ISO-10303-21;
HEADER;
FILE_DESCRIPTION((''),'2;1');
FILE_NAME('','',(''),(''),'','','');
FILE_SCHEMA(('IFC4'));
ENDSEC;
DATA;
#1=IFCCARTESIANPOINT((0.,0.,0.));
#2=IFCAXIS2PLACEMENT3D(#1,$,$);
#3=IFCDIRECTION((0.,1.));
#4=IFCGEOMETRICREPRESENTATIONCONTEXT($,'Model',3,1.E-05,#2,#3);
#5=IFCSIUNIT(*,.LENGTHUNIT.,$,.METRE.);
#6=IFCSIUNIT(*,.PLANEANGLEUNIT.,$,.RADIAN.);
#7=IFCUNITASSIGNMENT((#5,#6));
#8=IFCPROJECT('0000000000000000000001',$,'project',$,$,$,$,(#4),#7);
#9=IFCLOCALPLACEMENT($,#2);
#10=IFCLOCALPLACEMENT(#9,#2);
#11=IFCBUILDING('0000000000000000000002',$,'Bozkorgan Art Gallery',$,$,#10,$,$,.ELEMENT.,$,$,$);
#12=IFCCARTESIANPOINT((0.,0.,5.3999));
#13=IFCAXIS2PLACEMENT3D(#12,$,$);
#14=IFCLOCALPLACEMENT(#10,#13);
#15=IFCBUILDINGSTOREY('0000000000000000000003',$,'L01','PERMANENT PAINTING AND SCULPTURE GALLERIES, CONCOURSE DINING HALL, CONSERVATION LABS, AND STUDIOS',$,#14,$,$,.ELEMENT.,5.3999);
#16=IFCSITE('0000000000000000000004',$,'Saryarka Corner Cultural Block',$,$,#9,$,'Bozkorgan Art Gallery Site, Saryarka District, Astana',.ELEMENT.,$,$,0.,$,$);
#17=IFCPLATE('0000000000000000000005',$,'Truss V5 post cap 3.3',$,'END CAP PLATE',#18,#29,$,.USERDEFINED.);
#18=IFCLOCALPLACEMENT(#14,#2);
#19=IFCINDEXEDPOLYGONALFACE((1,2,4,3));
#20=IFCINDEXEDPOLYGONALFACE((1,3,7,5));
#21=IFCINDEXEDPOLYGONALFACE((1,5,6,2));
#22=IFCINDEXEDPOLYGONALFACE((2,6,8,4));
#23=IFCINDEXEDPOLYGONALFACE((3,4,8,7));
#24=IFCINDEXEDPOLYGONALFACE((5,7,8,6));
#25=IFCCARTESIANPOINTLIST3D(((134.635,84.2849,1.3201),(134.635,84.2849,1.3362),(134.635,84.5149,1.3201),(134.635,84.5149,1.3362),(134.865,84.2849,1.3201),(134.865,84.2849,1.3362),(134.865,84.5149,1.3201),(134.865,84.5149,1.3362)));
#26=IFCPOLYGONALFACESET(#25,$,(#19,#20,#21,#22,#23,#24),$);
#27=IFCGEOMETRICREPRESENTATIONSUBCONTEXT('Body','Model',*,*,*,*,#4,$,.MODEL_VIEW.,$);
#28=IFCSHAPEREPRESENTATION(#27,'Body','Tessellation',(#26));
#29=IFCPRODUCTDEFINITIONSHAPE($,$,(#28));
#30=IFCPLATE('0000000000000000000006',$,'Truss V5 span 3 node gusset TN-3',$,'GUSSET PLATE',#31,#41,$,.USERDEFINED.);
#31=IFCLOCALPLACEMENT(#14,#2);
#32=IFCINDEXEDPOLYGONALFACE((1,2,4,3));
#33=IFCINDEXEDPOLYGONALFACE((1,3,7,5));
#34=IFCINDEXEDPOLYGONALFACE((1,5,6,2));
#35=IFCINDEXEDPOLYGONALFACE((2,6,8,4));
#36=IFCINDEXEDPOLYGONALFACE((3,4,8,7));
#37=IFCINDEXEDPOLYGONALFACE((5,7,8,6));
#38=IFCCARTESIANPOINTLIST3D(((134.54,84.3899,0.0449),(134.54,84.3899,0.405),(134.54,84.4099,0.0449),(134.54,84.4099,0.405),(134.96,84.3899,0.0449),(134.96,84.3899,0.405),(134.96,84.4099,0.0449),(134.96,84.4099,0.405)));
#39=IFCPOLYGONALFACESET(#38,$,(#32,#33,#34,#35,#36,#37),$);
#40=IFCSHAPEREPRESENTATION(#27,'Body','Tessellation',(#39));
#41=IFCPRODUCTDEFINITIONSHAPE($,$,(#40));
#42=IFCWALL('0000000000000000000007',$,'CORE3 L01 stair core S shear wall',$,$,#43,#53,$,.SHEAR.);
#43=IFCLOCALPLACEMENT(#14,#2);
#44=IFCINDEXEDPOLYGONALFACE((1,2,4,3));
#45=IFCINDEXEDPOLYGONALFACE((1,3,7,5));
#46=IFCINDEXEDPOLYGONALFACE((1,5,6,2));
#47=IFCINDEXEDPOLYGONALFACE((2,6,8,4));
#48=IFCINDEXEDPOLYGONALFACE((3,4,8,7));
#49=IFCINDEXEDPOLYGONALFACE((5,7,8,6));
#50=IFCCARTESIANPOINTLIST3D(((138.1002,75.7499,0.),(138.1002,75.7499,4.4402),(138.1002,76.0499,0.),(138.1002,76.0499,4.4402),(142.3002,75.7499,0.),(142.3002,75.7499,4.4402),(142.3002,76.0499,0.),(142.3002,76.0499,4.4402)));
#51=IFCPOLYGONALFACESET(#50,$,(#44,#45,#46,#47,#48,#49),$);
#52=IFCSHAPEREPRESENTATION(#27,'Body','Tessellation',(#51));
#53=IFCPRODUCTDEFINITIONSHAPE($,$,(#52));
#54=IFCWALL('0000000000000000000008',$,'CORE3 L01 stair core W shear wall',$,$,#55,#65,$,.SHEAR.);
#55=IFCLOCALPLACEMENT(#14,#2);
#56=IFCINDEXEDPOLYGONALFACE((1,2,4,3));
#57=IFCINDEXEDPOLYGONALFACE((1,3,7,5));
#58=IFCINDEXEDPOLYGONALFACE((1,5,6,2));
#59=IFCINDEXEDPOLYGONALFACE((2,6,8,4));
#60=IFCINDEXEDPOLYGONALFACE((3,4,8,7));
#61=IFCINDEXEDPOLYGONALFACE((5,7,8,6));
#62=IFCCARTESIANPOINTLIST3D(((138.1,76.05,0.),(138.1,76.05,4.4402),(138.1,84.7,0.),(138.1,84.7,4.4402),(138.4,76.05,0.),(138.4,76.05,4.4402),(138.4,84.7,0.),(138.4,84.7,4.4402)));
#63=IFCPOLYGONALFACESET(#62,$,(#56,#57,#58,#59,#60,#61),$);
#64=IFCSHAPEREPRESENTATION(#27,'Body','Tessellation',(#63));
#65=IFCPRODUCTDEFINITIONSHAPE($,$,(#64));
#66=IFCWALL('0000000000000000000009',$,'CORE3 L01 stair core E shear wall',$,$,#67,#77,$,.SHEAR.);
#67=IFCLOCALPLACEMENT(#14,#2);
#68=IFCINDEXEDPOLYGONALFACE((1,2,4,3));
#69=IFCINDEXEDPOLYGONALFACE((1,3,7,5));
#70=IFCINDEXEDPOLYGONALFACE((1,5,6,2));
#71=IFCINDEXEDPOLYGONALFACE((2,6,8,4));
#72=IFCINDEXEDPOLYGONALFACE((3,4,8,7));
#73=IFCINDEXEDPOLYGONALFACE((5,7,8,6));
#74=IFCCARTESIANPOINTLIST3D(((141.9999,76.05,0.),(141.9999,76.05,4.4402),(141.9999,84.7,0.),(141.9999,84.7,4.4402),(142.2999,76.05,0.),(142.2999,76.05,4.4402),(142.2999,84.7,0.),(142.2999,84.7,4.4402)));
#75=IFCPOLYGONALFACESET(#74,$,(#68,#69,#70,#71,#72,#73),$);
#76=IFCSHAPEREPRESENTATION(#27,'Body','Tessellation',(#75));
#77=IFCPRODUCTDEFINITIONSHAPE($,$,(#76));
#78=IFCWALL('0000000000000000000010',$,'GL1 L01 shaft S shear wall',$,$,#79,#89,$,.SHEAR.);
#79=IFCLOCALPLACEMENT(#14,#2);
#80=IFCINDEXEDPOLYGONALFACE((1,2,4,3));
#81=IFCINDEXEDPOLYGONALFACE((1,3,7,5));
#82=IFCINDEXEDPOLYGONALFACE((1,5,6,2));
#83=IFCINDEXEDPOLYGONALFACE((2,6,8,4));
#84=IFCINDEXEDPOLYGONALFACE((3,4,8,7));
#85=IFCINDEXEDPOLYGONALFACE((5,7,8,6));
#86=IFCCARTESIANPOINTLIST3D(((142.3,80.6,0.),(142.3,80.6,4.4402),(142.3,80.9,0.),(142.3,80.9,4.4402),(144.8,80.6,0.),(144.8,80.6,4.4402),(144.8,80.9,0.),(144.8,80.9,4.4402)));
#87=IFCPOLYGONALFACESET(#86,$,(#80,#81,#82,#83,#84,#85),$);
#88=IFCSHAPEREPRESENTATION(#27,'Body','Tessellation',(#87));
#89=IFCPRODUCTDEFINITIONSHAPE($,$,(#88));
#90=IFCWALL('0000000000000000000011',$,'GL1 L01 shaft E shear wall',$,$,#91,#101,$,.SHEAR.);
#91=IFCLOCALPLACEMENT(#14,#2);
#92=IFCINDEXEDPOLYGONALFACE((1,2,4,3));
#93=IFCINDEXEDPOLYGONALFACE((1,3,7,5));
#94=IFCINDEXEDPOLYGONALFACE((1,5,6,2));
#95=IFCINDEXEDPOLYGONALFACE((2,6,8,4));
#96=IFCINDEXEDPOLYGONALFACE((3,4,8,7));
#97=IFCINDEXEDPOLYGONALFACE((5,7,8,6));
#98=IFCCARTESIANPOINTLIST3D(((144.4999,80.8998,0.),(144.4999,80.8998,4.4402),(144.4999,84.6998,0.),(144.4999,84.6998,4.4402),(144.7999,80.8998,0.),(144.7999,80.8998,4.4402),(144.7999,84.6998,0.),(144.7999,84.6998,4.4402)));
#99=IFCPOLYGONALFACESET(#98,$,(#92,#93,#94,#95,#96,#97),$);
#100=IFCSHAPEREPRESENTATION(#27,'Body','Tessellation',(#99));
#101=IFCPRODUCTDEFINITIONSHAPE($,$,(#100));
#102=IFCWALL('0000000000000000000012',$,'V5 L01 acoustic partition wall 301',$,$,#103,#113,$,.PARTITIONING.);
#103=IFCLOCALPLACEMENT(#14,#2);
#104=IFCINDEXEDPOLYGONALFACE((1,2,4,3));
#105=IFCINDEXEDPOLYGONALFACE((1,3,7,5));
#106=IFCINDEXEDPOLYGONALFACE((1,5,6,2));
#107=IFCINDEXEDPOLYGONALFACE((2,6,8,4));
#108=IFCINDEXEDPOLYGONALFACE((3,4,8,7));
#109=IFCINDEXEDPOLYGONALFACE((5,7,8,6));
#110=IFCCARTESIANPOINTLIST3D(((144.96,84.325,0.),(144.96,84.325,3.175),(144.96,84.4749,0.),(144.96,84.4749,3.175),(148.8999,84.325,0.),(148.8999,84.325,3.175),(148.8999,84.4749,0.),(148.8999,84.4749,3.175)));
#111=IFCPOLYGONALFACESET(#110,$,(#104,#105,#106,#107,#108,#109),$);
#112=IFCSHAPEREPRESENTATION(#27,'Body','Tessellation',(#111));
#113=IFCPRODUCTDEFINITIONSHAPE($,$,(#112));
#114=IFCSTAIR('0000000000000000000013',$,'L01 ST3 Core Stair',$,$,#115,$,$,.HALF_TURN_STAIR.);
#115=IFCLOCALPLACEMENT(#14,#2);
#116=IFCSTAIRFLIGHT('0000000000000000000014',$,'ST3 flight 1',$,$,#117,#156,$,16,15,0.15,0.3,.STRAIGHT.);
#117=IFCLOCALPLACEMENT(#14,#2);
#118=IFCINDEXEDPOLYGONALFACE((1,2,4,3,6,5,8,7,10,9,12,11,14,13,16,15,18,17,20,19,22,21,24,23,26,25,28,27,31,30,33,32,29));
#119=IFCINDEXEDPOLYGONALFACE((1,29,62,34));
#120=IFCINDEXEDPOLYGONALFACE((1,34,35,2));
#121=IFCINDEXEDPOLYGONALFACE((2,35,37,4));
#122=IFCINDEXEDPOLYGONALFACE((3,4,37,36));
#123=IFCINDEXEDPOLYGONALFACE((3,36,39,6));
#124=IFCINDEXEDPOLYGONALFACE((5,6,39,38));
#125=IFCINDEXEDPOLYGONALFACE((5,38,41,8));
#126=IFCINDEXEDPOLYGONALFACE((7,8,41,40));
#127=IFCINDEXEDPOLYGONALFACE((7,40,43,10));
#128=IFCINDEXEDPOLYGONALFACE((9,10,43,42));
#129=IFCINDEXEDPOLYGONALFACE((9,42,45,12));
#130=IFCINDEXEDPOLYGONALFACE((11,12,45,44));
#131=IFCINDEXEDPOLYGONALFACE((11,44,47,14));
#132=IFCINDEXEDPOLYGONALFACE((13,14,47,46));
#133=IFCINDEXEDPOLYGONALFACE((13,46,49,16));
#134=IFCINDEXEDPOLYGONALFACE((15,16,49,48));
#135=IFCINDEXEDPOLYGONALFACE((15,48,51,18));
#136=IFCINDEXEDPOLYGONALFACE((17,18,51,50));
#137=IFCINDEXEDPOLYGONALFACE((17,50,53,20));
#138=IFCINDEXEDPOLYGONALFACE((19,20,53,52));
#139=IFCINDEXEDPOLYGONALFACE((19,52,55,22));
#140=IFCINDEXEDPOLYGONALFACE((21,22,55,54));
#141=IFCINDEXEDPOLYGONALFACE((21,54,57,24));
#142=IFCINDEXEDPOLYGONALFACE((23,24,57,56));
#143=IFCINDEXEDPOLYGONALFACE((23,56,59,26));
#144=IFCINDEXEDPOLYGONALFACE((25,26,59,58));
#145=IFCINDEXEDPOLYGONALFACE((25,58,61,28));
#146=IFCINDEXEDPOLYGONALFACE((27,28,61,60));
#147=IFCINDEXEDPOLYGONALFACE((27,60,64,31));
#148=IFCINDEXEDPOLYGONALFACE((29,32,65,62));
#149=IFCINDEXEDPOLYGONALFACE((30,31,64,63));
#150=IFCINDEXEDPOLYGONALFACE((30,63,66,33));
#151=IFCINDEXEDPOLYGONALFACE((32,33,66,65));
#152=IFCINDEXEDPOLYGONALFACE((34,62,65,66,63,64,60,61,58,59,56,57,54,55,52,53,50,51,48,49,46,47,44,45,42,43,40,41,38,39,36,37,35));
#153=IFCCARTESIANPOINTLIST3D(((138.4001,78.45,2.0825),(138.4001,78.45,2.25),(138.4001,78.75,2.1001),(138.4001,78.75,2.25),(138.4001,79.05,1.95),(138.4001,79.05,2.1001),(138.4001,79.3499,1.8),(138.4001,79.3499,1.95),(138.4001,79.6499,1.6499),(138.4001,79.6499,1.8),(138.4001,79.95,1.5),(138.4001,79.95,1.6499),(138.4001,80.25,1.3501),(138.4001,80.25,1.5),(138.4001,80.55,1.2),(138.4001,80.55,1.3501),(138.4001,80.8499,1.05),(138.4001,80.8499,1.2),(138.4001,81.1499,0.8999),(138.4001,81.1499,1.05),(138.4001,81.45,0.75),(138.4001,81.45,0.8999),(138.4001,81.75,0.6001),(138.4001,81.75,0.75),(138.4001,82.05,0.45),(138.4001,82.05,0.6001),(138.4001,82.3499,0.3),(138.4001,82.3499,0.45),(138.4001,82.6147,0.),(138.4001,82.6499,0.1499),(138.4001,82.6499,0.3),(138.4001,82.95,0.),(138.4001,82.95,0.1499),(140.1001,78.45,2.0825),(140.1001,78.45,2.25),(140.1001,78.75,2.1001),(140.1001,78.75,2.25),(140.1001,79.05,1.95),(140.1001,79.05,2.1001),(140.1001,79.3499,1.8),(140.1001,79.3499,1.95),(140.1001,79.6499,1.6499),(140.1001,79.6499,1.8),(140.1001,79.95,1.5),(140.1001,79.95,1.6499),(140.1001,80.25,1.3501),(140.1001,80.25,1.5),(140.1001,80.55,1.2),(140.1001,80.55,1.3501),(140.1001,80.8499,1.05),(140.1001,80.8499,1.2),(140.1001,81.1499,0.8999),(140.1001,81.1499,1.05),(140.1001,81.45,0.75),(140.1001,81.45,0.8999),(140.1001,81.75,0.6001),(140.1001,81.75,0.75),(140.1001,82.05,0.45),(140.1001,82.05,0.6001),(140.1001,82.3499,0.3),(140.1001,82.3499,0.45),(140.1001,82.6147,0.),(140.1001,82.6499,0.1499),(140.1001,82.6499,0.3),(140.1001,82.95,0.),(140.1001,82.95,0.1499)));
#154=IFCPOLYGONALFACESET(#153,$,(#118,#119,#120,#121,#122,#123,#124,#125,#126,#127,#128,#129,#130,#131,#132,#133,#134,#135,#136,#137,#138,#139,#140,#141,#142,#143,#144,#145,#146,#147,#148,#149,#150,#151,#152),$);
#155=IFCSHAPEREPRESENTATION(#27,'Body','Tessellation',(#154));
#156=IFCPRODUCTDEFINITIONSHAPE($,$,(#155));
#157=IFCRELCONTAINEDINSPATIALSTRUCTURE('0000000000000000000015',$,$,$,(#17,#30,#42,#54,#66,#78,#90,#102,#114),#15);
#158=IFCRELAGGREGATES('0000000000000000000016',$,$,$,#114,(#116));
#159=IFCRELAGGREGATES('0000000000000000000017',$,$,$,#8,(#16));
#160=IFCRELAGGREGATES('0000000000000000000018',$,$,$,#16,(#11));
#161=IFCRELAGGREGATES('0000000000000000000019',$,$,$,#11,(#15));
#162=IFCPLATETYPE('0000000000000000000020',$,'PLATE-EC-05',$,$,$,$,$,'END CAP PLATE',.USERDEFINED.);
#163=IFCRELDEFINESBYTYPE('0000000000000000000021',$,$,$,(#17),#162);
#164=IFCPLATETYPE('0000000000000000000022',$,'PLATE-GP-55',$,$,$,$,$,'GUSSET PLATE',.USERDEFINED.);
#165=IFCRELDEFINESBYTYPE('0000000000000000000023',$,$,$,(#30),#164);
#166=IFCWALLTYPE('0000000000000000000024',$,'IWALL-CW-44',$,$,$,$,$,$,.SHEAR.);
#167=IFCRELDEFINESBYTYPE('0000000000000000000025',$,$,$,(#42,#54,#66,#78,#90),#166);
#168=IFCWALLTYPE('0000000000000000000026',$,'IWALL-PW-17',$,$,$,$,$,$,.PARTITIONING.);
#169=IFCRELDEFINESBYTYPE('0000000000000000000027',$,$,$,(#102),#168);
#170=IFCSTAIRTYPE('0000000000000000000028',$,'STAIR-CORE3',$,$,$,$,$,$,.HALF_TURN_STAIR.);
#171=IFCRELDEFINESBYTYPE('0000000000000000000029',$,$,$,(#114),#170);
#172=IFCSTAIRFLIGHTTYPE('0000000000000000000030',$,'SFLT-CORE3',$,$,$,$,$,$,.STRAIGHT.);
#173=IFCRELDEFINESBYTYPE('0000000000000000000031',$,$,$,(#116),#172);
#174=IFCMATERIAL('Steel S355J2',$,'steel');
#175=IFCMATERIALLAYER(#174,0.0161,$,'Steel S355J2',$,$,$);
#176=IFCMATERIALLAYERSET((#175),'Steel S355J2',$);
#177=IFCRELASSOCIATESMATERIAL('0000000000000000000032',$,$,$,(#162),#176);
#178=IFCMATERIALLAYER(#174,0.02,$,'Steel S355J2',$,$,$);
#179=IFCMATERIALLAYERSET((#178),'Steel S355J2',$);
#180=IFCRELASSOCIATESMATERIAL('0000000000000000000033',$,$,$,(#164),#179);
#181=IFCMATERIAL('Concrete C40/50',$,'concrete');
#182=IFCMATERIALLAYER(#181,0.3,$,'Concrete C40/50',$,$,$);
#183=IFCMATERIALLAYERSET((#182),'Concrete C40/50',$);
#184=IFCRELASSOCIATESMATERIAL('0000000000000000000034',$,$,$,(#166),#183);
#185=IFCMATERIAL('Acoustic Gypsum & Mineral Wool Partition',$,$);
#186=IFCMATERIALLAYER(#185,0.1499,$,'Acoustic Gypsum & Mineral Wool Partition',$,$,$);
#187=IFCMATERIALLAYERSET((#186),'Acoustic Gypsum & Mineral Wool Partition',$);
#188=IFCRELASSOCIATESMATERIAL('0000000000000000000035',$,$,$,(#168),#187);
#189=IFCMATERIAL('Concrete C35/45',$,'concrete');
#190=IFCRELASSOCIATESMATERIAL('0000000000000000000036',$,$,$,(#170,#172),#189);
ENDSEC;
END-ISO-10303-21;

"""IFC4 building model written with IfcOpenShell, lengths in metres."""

from ifc_helpers import new_model, si_unit, direction, frame, frame_2d, origin, origin_2d, place, context, subcontext, project, spatial, polyline, rectangle, outline, extrude, material, layer, layer_set, type_object, element, aggregate, save


model = new_model("IFC4")

# Units and contexts
model_context = context("Model", 3, precision=1e-05, world=origin(), true_north=direction((0.0, 1.0)))
body_context = subcontext(model_context, "Body", "Model", "MODEL_VIEW")
ifc_project = project(units=[si_unit("LENGTHUNIT", "METRE"), si_unit("PLANEANGLEUNIT", "RADIAN")], contexts=[model_context])

# Site, building, storey
site_placement = place(None, origin())
site = spatial("IfcSite", under=ifc_project, at=site_placement, Name="Saryarka Corner Cultural Block", LongName="Bozkorgan Art Gallery Site, Saryarka District, Astana", CompositionType="ELEMENT", RefElevation=0.0)
building_placement = place(site_placement, origin())
building = spatial("IfcBuilding", under=site, at=building_placement, Name="Bozkorgan Art Gallery", CompositionType="ELEMENT")
storey_placement = place(building_placement, frame((0.0, 0.0, 5.3999)))
storey = spatial("IfcBuildingStorey", under=building, at=storey_placement, Name="L01", Description="PERMANENT PAINTING AND SCULPTURE GALLERIES, CONCOURSE DINING HALL, CONSERVATION LABS, AND STUDIOS", CompositionType="ELEMENT", Elevation=5.3999)

# Shared definitions
ifc_material_1 = material(Name="Concrete C40/50", Category="concrete")

# Shared definitions
ifc_material_2 = material(Name="Steel S355J2", Category="steel")

# Plates
ifc_layer_1 = layer(ifc_material_2, 0.0161, Name="Steel S355J2")
ifc_layer_set_1 = layer_set([ifc_layer_1], Name="Steel S355J2")
plate_type_1 = type_object("IfcPlateType", Name="PLATE-EC-05", ElementType="END CAP PLATE", PredefinedType="USERDEFINED", material=ifc_layer_set_1)
plate_1_placement = place(storey_placement, frame((134.75, 84.3999, 1.3201), z_axis=(0.0, 0.0, 1.0), x_axis=(1.0, 0.0, 0.0)))
element("IfcPlate", 1, at=plate_1_placement, inside=storey, type_object=plate_type_1, Name="Truss V5 post cap 3.3", ObjectType="END CAP PLATE", PredefinedType="USERDEFINED", context=body_context, shape_type="SweptSolid", body=[
    extrude(rectangle(XDim=0.23, YDim=0.23, at=origin_2d()), origin(), (0.0, 0.0, 1.0), 0.0161),
])
ifc_layer_2 = layer(ifc_material_2, 0.02, Name="Steel S355J2")
ifc_layer_set_2 = layer_set([ifc_layer_2], Name="Steel S355J2")
plate_type_2 = type_object("IfcPlateType", Name="PLATE-GP-55", ElementType="GUSSET PLATE", PredefinedType="USERDEFINED", material=ifc_layer_set_2)
plate_2_placement = place(storey_placement, frame((134.75, 84.3999, 0.0449), z_axis=(0.0, 0.0, 1.0), x_axis=(1.0, 0.0, 0.0)))
element("IfcPlate", 2, at=plate_2_placement, inside=storey, type_object=plate_type_2, Name="Truss V5 span 3 node gusset TN-3", ObjectType="GUSSET PLATE", PredefinedType="USERDEFINED", context=body_context, shape_type="SweptSolid", body=[
    extrude(rectangle(XDim=0.4199, YDim=0.02, at=origin_2d()), origin(), (0.0, 0.0, 1.0), 0.3601),
])

# Walls
ifc_layer_3 = layer(ifc_material_1, 0.3, Name="Concrete C40/50")
ifc_layer_set_3 = layer_set([ifc_layer_3], Name="Concrete C40/50")
wall_type_1 = type_object("IfcWallType", Name="IWALL-CW-44", PredefinedType="SHEAR", material=ifc_layer_set_3)
wall_1_placement = place(storey_placement, frame((138.1001, 75.8999, 0.0), z_axis=(0.0, 0.0, 1.0), x_axis=(1.0, 0.0, 0.0)))
element("IfcWall", 3, at=wall_1_placement, inside=storey, type_object=wall_type_1, Name="CORE3 L01 stair core S shear wall", PredefinedType="SHEAR", context=body_context, shape_type="SweptSolid", body=[
    extrude(rectangle(XDim=4.2, YDim=0.3, at=frame_2d((2.1001, 0.0))), origin(), (0.0, 0.0, 1.0), 4.4402),
])
for number, where, z_axis, x_axis, name in (
    (4, (138.25, 76.05, 0.0), (0.0, 0.0, 1.0), (0.0, 1.0, 0.0), "CORE3 L01 stair core W shear wall"),
    (5, (142.1499, 76.05, 0.0), (0.0, 0.0, 1.0), (0.0, 1.0, 0.0), "CORE3 L01 stair core E shear wall"),
):
    element("IfcWall", number, at=place(storey_placement, frame(where, z_axis=z_axis, x_axis=x_axis)), inside=storey, type_object=wall_type_1, Name=name, PredefinedType="SHEAR", context=body_context, shape_type="SweptSolid", body=[
        extrude(rectangle(XDim=8.6499, YDim=0.3, at=frame_2d((4.325, 0.0))), origin(), (0.0, 0.0, 1.0), 4.4402),
    ])
wall_2_placement = place(storey_placement, frame((142.3, 80.75, 0.0), z_axis=(0.0, 0.0, 1.0), x_axis=(1.0, 0.0, 0.0)))
element("IfcWall", 6, at=wall_2_placement, inside=storey, type_object=wall_type_1, Name="GL1 L01 shaft S shear wall", PredefinedType="SHEAR", context=body_context, shape_type="SweptSolid", body=[
    extrude(rectangle(XDim=2.5, YDim=0.3, at=frame_2d((1.25, 0.0))), origin(), (0.0, 0.0, 1.0), 4.4402),
])
wall_3_placement = place(storey_placement, frame((144.6499, 80.8999, 0.0), z_axis=(0.0, 0.0, 1.0), x_axis=(0.0, 1.0, 0.0)))
element("IfcWall", 7, at=wall_3_placement, inside=storey, type_object=wall_type_1, Name="GL1 L01 shaft E shear wall", PredefinedType="SHEAR", context=body_context, shape_type="SweptSolid", body=[
    extrude(rectangle(XDim=3.8, YDim=0.3, at=frame_2d((1.8999, 0.0))), origin(), (0.0, 0.0, 1.0), 4.4402),
])
ifc_material_3 = material(Name="Acoustic Gypsum & Mineral Wool Partition")
ifc_layer_4 = layer(ifc_material_3, 0.1499, Name="Acoustic Gypsum & Mineral Wool Partition")
ifc_layer_set_4 = layer_set([ifc_layer_4], Name="Acoustic Gypsum & Mineral Wool Partition")
wall_type_2 = type_object("IfcWallType", Name="IWALL-PW-17", PredefinedType="PARTITIONING", material=ifc_layer_set_4)
wall_4_placement = place(storey_placement, frame((144.96, 84.3999, 0.0), z_axis=(0.0, 0.0, 1.0), x_axis=(1.0, 0.0, 0.0)))
element("IfcWall", 8, at=wall_4_placement, inside=storey, type_object=wall_type_2, Name="V5 L01 acoustic partition wall 301", PredefinedType="PARTITIONING", context=body_context, shape_type="SweptSolid", body=[
    extrude(rectangle(XDim=3.9399, YDim=0.1499, at=frame_2d((1.97, 0.0))), origin(), (0.0, 0.0, 1.0), 3.175),
])

# Stair, stair flight
ifc_material_4 = material(Name="Concrete C35/45", Category="concrete")
stair_type = type_object("IfcStairType", Name="STAIR-CORE3", PredefinedType="HALF_TURN_STAIR", material=ifc_material_4)
stair_placement = place(storey_placement, origin())
stair = element("IfcStair", 9, at=stair_placement, inside=storey, type_object=stair_type, Name="L01 ST3 Core Stair", PredefinedType="HALF_TURN_STAIR")
stair_flight_type = type_object("IfcStairFlightType", Name="SFLT-CORE3", PredefinedType="STRAIGHT", material=ifc_material_4)
stair_flight_1_placement = place(storey_placement, frame((139.25, 82.95, 0.0), z_axis=(0.0, 0.0, 1.0), x_axis=(0.0, -1.0, 0.0)))
stair_flight_1 = element("IfcStairFlight", 10, at=stair_flight_1_placement, type_object=stair_flight_type, Name="ST3 flight 1", NumberOfRisers=16, NumberOfTreads=15, PredefinedType="STRAIGHT", RiserHeight=0.15, TreadLength=0.3, context=body_context, shape_type="SweptSolid", body=[
    extrude(outline(polyline([(0.0, 0.0), (0.0, 0.1499), (0.3, 0.1499), (0.3, 0.3), (0.6001, 0.3), (0.6001, 0.45), (0.8999, 0.45), (0.8999, 0.6001), (1.2, 0.6001), (1.2, 0.75), (1.5, 0.75), (1.5, 0.8999), (1.8, 0.8999), (1.8, 1.05), (2.1001, 1.05), (2.1001, 1.2), (2.3999, 1.2), (2.3999, 1.3501), (2.7, 1.3501), (2.7, 1.5), (3.0, 1.5), (3.0, 1.6499), (3.3, 1.6499), (3.3, 1.8), (3.6001, 1.8), (3.6001, 1.95), (3.8999, 1.95), (3.8999, 2.1001), (4.2, 2.1001), (4.2, 2.25), (4.5, 2.25), (4.5, 2.3999), (4.5, 2.0825), (0.3352, 0.0), (0.0, 0.0)])), frame((0.0, 0.8501, 0.0), z_axis=(0.0, -1.0, 0.0), x_axis=(1.0, 0.0, 0.0)), (0.0, 0.0, 1.0), 1.7),
])
aggregate(stair, [stair_flight_1])

save(model, "model.ifc")
